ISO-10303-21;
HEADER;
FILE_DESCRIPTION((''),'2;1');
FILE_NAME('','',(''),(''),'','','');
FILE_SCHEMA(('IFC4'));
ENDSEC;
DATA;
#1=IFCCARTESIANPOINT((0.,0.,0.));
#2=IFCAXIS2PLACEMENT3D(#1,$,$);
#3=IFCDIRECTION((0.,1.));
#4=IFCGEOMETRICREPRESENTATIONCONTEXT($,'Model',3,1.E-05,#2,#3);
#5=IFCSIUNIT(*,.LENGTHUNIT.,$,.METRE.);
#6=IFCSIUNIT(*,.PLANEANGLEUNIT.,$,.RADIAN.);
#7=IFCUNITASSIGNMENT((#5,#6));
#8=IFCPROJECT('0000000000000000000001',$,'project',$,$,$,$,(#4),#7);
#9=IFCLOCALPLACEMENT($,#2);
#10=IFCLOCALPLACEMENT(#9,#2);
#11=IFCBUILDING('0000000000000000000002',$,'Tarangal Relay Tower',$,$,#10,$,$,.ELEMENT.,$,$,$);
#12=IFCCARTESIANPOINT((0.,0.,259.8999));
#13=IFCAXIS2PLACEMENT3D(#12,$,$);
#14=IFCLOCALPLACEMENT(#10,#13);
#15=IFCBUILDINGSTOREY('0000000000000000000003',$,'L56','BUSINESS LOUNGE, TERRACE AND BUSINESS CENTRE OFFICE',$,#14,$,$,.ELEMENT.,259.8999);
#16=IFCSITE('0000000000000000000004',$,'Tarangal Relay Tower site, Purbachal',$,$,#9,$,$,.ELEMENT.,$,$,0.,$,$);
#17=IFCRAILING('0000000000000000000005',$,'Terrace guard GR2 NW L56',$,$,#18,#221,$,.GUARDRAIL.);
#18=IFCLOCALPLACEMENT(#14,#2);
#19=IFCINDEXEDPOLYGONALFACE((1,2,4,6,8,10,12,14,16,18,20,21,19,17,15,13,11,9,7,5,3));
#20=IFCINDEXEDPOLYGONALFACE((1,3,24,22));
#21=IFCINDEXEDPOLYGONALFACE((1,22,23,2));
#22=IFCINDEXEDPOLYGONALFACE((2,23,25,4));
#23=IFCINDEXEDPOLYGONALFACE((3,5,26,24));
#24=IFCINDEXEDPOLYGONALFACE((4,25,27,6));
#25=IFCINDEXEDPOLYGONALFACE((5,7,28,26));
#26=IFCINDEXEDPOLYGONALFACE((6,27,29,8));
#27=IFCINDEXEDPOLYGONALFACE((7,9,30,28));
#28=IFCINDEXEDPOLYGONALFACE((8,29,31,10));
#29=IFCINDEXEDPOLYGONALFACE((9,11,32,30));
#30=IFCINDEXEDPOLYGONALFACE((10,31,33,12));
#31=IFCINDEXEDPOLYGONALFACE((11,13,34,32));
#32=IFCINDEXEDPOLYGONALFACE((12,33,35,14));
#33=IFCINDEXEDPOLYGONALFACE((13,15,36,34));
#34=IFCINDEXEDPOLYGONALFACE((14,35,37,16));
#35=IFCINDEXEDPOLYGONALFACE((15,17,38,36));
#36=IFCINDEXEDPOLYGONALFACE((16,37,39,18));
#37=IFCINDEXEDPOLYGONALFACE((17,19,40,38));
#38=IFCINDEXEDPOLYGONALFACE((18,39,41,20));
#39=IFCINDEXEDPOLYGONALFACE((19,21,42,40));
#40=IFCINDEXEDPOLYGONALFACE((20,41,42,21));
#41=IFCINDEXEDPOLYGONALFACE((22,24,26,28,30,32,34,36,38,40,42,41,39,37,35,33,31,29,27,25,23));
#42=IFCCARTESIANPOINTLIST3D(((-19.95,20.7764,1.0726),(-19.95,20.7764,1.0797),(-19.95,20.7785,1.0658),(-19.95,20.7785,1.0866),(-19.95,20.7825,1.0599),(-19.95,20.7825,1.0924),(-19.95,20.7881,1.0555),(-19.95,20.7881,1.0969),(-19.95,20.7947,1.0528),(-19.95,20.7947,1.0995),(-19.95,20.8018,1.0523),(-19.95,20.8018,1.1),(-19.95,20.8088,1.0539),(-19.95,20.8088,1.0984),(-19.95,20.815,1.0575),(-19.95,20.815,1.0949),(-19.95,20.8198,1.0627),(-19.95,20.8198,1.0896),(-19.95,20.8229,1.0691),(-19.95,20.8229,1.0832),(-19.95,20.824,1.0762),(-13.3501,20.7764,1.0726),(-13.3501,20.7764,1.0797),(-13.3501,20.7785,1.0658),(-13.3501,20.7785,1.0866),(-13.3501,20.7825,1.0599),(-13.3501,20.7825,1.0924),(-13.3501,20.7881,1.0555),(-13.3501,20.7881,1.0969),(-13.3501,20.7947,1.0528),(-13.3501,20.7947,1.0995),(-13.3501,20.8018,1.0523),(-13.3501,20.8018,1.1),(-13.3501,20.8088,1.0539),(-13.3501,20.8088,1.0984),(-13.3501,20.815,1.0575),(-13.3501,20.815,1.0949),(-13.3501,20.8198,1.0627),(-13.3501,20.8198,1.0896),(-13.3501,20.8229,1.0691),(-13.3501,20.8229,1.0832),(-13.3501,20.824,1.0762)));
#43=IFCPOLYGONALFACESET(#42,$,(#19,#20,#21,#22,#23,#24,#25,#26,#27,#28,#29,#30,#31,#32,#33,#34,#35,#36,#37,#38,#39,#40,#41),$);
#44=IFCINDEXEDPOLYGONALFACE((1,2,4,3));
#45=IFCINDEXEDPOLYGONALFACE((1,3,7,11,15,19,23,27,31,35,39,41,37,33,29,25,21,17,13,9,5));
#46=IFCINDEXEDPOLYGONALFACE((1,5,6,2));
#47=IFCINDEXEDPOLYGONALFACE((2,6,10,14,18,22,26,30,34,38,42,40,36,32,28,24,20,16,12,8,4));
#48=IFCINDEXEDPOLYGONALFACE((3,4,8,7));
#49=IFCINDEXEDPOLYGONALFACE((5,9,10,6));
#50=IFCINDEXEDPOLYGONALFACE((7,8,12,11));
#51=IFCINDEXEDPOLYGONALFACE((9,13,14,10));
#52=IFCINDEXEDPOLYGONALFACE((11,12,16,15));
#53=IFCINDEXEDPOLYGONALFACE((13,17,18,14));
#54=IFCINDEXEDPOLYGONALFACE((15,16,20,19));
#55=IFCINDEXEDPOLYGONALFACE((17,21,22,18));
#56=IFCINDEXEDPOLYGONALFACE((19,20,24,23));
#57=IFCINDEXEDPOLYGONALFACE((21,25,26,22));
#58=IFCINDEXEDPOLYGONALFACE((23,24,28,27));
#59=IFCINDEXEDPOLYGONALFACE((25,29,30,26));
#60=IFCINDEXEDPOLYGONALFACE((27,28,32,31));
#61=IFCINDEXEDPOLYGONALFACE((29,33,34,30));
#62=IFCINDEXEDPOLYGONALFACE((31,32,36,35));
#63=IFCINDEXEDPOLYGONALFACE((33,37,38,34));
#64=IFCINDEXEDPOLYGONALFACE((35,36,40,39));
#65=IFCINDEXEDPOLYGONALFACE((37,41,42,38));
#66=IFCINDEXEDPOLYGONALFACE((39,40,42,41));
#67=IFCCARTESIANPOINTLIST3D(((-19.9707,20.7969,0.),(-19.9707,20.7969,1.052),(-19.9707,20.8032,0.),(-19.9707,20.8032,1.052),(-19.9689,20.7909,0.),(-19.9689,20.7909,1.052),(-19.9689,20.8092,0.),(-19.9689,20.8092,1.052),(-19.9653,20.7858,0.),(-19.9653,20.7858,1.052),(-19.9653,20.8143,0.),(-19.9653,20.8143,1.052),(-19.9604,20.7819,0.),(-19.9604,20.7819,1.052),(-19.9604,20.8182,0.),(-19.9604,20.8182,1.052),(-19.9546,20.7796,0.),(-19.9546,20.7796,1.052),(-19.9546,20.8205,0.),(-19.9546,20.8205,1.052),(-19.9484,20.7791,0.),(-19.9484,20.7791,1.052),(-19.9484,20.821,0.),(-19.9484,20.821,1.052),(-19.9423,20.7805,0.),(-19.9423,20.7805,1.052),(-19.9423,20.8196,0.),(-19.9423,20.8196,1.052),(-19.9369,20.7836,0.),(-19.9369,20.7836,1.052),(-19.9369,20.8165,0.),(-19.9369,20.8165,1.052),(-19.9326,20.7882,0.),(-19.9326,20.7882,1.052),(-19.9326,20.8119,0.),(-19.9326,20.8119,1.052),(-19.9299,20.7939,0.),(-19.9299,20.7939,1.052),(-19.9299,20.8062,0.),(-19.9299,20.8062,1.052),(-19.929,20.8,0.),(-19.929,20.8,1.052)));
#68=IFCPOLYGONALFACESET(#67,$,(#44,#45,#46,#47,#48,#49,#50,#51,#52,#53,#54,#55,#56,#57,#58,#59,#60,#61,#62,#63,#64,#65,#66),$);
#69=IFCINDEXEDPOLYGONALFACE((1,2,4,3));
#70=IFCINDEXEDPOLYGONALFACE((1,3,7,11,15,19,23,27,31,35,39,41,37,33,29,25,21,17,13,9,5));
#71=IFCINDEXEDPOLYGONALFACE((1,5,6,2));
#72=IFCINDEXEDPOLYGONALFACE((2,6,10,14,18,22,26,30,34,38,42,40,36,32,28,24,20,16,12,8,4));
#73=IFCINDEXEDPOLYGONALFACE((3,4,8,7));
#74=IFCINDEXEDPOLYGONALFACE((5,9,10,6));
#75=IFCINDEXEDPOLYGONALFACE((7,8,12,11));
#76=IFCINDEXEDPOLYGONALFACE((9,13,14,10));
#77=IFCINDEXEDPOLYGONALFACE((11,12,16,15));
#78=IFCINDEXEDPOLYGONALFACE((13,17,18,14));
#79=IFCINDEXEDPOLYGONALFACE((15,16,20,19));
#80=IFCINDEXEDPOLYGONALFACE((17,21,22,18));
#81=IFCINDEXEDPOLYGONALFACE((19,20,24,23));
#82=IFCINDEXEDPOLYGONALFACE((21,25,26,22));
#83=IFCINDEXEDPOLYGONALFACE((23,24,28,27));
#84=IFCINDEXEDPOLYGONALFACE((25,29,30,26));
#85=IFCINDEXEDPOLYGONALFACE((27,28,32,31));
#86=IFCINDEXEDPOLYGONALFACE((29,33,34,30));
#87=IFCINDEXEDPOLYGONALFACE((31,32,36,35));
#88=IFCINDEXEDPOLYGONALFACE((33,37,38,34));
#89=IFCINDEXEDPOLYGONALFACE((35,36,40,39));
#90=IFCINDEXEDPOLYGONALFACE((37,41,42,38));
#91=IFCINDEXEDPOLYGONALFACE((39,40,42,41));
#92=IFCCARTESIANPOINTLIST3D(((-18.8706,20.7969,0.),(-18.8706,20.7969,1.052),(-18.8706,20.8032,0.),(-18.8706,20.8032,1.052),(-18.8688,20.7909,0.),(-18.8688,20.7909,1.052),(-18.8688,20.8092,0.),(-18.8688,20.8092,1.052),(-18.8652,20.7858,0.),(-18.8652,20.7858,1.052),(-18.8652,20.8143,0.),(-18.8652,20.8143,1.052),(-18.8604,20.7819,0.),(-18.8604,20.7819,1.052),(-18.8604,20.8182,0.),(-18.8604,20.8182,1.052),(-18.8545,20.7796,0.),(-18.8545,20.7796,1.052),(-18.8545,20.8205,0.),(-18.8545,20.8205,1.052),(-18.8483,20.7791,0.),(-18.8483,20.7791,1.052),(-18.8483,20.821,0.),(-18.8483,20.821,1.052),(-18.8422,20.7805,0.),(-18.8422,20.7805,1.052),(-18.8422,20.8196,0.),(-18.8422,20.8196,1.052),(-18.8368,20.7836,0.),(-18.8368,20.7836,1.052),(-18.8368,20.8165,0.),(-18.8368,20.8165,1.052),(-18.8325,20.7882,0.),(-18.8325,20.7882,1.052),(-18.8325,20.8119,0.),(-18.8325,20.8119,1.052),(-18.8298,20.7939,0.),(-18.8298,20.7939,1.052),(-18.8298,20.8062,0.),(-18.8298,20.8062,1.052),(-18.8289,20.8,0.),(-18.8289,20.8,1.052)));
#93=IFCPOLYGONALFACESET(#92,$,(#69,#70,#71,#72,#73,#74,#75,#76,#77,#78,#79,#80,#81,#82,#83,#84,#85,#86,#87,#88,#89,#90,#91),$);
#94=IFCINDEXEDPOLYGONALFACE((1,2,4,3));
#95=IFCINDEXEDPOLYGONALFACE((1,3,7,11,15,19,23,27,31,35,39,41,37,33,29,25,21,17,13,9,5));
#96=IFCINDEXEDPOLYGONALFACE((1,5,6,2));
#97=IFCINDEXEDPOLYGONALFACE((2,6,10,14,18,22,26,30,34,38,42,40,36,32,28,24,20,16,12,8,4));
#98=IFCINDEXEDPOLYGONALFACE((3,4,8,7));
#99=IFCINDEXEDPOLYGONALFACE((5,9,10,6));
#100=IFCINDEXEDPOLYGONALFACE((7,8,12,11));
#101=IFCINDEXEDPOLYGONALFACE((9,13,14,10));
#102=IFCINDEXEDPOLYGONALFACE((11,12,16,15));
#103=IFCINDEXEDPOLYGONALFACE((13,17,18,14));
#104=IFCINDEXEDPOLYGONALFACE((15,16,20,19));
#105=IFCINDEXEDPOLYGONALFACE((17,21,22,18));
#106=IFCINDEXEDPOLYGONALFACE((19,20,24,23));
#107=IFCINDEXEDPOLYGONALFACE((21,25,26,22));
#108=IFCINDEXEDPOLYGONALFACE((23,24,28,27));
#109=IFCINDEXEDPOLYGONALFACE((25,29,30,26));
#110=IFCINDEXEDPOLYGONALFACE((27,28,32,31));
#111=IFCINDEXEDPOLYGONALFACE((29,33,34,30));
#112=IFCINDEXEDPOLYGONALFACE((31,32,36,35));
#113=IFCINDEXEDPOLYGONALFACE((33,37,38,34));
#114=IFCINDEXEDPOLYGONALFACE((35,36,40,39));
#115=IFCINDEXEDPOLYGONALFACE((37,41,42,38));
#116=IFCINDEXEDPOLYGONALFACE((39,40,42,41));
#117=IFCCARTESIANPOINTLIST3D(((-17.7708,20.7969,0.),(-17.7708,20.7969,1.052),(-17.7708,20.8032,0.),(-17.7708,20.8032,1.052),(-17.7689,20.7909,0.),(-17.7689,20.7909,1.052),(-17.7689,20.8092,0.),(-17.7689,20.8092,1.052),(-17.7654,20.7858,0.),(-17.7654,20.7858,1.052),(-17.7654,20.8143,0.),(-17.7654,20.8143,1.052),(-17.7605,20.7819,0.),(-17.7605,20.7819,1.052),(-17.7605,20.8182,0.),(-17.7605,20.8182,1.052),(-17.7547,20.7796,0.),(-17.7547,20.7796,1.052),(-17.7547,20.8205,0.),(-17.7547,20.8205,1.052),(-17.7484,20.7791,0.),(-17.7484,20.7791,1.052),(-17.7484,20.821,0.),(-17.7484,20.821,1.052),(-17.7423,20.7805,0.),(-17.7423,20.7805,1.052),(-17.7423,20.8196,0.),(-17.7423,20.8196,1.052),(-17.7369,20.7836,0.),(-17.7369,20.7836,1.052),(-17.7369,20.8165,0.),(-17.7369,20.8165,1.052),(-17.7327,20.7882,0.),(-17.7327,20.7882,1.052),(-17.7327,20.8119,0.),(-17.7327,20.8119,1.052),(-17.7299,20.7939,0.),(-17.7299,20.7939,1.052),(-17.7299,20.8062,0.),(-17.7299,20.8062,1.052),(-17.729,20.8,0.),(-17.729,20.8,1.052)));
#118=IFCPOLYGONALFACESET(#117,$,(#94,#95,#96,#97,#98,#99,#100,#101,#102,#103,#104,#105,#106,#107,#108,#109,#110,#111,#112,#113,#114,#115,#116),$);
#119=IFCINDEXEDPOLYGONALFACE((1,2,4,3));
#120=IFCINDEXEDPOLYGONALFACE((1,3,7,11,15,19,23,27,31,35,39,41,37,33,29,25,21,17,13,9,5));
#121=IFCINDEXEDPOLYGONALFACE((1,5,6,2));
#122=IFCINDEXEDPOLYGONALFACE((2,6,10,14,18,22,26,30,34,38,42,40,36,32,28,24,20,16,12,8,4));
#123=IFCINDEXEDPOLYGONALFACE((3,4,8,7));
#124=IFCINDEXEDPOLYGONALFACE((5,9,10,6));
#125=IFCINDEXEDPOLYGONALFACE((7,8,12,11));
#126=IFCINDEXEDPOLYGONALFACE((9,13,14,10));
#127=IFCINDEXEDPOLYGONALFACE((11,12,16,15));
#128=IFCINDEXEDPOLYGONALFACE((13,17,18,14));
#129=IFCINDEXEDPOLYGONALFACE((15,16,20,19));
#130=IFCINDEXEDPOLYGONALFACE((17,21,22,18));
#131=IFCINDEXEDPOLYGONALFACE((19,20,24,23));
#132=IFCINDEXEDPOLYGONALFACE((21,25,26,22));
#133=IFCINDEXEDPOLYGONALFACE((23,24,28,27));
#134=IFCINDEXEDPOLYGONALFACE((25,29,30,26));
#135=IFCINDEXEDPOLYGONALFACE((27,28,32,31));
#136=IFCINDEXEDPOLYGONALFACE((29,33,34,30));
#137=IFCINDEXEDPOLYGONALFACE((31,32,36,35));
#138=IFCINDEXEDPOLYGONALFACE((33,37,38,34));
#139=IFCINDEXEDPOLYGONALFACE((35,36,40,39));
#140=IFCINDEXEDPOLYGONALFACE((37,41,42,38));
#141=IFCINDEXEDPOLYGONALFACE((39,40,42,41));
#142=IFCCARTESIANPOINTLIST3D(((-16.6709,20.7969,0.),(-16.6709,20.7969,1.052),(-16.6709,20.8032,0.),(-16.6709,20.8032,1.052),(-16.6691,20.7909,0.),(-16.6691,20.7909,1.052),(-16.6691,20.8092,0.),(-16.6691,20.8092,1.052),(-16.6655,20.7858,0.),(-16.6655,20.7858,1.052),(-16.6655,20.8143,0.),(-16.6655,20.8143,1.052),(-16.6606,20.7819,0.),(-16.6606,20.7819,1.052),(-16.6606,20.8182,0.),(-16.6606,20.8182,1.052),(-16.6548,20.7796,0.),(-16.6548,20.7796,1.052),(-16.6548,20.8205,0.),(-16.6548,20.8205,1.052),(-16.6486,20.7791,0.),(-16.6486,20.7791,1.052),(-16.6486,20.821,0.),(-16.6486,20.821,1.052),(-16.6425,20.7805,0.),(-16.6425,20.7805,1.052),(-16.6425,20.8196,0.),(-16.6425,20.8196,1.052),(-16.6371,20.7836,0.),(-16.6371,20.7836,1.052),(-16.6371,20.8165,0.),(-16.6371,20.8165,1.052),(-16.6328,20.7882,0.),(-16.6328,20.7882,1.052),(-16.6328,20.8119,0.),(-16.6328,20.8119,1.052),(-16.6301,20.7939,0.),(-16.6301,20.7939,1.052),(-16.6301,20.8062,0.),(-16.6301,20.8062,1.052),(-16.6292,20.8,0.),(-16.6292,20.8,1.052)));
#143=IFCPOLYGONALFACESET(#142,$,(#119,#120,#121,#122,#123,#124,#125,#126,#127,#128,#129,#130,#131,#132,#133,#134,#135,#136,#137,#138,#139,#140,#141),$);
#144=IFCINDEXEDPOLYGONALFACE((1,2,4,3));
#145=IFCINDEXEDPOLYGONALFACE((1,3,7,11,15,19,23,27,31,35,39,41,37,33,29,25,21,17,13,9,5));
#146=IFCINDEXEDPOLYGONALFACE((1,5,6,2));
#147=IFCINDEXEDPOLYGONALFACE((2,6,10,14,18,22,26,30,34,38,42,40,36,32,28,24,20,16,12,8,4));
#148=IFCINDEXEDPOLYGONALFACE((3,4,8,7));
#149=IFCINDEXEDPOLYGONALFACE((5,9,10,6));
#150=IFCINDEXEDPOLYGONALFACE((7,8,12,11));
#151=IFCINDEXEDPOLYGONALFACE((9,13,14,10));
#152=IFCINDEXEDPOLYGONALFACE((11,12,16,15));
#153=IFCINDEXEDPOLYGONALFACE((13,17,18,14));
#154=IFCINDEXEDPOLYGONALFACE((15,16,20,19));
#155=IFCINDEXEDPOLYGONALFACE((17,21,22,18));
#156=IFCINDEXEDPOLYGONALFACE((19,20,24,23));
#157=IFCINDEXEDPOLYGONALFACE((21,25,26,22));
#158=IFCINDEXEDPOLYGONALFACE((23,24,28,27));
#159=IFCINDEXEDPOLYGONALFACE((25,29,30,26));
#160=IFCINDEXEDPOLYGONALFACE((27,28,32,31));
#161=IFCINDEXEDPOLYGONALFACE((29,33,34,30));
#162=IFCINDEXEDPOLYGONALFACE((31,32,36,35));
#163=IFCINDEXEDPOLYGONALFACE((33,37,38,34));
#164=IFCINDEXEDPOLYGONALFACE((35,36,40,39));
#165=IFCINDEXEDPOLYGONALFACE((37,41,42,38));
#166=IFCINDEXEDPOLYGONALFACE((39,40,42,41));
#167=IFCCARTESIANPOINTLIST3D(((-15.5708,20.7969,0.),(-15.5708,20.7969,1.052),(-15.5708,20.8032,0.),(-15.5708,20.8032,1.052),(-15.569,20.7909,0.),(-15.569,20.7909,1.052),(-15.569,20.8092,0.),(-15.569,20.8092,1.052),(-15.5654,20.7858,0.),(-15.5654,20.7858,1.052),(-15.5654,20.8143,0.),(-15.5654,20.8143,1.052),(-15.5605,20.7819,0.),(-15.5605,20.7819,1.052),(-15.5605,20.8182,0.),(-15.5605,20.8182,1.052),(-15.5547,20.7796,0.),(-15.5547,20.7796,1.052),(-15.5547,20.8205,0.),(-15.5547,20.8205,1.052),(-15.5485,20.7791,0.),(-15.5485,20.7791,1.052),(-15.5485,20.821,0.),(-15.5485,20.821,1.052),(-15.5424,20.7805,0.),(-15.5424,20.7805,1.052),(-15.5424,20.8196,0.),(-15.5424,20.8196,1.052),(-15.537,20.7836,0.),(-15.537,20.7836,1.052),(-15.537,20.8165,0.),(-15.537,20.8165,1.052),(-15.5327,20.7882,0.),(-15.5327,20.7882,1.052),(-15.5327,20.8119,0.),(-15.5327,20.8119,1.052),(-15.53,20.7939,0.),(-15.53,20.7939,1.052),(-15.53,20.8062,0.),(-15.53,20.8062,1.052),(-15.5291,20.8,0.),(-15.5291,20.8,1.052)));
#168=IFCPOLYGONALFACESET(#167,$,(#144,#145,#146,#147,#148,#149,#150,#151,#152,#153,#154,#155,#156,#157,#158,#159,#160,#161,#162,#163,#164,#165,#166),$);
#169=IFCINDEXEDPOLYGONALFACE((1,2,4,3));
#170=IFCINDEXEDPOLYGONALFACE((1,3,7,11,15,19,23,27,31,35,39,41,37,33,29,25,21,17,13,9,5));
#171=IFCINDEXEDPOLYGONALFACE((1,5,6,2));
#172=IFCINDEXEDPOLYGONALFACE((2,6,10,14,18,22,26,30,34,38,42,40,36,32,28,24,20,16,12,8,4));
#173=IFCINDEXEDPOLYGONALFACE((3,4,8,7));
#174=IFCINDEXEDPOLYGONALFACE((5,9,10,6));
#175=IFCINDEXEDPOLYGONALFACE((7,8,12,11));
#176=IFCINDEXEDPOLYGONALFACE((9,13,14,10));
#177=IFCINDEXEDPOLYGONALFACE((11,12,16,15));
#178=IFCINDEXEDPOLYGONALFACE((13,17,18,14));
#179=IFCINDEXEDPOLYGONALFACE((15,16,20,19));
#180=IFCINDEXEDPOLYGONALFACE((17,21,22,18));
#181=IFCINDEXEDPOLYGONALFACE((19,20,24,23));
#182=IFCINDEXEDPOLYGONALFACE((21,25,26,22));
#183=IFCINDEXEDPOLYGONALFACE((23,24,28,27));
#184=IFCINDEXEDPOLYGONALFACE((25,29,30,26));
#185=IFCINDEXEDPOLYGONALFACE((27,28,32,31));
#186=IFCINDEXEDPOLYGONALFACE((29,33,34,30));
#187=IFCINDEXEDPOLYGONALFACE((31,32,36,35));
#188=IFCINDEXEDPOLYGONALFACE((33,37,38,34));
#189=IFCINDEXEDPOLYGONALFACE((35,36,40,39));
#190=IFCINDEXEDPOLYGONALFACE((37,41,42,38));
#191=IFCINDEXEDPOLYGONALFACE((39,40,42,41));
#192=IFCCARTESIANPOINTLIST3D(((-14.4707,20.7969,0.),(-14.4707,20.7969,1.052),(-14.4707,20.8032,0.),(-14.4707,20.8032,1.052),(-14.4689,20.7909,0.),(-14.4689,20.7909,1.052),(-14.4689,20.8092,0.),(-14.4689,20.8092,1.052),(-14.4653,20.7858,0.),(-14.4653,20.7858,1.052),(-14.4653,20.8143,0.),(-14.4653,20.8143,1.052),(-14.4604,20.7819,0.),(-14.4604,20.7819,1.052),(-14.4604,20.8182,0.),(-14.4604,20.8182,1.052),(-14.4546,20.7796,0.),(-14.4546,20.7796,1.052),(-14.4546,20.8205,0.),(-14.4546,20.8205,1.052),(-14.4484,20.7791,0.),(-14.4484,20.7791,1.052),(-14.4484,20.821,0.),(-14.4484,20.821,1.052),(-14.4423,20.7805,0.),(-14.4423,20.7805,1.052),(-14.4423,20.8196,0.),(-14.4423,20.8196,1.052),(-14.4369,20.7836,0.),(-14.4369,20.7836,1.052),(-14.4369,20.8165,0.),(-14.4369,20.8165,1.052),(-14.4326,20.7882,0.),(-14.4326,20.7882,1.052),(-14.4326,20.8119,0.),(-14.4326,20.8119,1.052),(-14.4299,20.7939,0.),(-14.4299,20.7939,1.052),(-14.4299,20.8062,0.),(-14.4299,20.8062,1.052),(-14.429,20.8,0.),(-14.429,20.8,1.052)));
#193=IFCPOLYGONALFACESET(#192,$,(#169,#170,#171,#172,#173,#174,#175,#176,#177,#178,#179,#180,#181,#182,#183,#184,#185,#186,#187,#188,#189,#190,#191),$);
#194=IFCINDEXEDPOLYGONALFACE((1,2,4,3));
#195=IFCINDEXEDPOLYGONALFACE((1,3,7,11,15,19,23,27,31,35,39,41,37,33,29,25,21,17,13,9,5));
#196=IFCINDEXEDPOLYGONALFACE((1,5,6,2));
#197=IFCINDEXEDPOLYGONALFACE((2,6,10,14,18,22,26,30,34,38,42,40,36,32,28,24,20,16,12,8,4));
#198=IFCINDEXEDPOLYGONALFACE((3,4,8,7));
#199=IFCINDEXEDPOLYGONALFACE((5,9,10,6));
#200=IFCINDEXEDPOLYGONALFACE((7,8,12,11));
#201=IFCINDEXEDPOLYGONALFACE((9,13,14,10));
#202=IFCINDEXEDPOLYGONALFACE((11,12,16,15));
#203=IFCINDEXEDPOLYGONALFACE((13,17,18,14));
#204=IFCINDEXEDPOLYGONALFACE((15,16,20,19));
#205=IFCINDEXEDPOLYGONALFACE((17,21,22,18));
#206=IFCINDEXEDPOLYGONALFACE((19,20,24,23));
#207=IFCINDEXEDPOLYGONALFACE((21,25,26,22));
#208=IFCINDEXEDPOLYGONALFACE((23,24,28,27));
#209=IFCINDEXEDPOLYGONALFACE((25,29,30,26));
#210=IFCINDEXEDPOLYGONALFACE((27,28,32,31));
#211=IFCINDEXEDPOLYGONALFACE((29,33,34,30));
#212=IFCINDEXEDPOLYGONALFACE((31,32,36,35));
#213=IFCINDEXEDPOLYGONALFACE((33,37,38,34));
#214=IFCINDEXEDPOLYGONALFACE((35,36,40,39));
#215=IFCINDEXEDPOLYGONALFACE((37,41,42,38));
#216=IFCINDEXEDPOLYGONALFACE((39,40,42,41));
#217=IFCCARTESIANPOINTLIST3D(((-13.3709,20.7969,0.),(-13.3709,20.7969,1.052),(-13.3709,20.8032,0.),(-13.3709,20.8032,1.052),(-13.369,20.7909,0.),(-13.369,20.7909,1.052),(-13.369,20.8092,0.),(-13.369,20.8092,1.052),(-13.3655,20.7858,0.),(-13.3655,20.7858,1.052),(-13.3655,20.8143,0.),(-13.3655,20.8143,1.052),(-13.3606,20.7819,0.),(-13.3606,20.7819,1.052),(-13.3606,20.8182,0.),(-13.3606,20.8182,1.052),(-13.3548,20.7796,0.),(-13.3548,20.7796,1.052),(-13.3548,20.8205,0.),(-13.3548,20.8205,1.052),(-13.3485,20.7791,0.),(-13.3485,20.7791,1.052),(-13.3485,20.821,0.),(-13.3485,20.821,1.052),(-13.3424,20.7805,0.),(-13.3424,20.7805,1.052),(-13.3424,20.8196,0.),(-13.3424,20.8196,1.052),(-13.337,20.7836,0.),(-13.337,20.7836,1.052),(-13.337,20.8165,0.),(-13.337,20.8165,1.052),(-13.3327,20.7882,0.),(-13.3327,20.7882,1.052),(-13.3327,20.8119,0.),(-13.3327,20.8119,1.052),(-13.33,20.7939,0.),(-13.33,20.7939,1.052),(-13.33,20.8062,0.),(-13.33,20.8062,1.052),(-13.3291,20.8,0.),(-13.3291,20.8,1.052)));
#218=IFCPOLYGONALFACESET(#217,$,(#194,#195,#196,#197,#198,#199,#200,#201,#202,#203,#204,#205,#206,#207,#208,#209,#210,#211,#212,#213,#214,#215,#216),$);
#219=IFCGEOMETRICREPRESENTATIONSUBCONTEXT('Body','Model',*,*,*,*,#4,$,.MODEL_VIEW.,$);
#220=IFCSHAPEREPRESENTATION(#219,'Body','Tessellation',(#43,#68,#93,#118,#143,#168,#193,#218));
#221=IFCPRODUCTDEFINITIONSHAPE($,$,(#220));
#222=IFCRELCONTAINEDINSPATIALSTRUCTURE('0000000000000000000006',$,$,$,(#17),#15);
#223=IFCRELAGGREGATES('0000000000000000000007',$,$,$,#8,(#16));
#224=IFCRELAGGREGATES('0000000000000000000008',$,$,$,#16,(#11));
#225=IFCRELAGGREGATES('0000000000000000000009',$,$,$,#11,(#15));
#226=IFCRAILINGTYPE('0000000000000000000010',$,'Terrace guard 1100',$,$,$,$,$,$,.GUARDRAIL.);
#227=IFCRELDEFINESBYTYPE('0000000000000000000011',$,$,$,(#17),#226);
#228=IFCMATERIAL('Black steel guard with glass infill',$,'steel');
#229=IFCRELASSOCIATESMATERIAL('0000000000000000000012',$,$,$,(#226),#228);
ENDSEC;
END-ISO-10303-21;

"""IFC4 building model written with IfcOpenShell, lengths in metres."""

from ifc_helpers import new_model, si_unit, direction, frame, origin, origin_2d, place, context, subcontext, project, spatial, circle, extrude, material, type_object, element, save


model = new_model("IFC4")

# Units and contexts
model_context = context("Model", 3, precision=1e-05, world=origin(), true_north=direction((0.0, 1.0)))
body_context = subcontext(model_context, "Body", "Model", "MODEL_VIEW")
ifc_project = project(units=[si_unit("LENGTHUNIT", "METRE"), si_unit("PLANEANGLEUNIT", "RADIAN")], contexts=[model_context])

# Site, building, storey
site_placement = place(None, origin())
site = spatial("IfcSite", under=ifc_project, at=site_placement, Name="Tarangal Relay Tower site, Purbachal", CompositionType="ELEMENT", RefElevation=0.0)
building_placement = place(site_placement, origin())
building = spatial("IfcBuilding", under=site, at=building_placement, Name="Tarangal Relay Tower", CompositionType="ELEMENT")
storey_placement = place(building_placement, frame((0.0, 0.0, 259.8999)))
storey = spatial("IfcBuildingStorey", under=building, at=storey_placement, Name="L56", Description="BUSINESS LOUNGE, TERRACE AND BUSINESS CENTRE OFFICE", CompositionType="ELEMENT", Elevation=259.8999)

# Railing
ifc_material_1 = material(Name="Black steel guard with glass infill", Category="steel")
railing_type = type_object("IfcRailingType", Name="Terrace guard 1100", PredefinedType="GUARDRAIL", material=ifc_material_1)
railing_1_placement = place(storey_placement, frame((-19.95, 20.8, 0.0)))
element("IfcRailing", 1, at=railing_1_placement, inside=storey, type_object=railing_type, Name="Terrace guard GR2 NW L56", PredefinedType="GUARDRAIL", context=body_context, shape_type="SweptSolid", body=[
    extrude(circle(Radius=0.0239, at=origin_2d()), frame((0.0, 0.0, 1.0762), z_axis=(1.0, 0.0, 0.0), x_axis=(0.0, 1.0, 0.0)), (0.0, 0.0, 1.0), 6.5999),
    extrude(circle(Radius=0.021, at=origin_2d()), origin(), (0.0, 0.0, 1.0), 1.052),
    extrude(circle(Radius=0.021, at=origin_2d()), frame((1.1001, 0.0, 0.0)), (0.0, 0.0, 1.0), 1.052),
    extrude(circle(Radius=0.021, at=origin_2d()), frame((2.2, 0.0, 0.0)), (0.0, 0.0, 1.0), 1.052),
    extrude(circle(Radius=0.021, at=origin_2d()), frame((3.2998, 0.0, 0.0)), (0.0, 0.0, 1.0), 1.052),
    extrude(circle(Radius=0.021, at=origin_2d()), frame((4.3999, 0.0, 0.0)), (0.0, 0.0, 1.0), 1.052),
    extrude(circle(Radius=0.021, at=origin_2d()), frame((5.5, 0.0, 0.0)), (0.0, 0.0, 1.0), 1.052),
    extrude(circle(Radius=0.021, at=origin_2d()), frame((6.5999, 0.0, 0.0)), (0.0, 0.0, 1.0), 1.052),
])

save(model, "model.ifc")
